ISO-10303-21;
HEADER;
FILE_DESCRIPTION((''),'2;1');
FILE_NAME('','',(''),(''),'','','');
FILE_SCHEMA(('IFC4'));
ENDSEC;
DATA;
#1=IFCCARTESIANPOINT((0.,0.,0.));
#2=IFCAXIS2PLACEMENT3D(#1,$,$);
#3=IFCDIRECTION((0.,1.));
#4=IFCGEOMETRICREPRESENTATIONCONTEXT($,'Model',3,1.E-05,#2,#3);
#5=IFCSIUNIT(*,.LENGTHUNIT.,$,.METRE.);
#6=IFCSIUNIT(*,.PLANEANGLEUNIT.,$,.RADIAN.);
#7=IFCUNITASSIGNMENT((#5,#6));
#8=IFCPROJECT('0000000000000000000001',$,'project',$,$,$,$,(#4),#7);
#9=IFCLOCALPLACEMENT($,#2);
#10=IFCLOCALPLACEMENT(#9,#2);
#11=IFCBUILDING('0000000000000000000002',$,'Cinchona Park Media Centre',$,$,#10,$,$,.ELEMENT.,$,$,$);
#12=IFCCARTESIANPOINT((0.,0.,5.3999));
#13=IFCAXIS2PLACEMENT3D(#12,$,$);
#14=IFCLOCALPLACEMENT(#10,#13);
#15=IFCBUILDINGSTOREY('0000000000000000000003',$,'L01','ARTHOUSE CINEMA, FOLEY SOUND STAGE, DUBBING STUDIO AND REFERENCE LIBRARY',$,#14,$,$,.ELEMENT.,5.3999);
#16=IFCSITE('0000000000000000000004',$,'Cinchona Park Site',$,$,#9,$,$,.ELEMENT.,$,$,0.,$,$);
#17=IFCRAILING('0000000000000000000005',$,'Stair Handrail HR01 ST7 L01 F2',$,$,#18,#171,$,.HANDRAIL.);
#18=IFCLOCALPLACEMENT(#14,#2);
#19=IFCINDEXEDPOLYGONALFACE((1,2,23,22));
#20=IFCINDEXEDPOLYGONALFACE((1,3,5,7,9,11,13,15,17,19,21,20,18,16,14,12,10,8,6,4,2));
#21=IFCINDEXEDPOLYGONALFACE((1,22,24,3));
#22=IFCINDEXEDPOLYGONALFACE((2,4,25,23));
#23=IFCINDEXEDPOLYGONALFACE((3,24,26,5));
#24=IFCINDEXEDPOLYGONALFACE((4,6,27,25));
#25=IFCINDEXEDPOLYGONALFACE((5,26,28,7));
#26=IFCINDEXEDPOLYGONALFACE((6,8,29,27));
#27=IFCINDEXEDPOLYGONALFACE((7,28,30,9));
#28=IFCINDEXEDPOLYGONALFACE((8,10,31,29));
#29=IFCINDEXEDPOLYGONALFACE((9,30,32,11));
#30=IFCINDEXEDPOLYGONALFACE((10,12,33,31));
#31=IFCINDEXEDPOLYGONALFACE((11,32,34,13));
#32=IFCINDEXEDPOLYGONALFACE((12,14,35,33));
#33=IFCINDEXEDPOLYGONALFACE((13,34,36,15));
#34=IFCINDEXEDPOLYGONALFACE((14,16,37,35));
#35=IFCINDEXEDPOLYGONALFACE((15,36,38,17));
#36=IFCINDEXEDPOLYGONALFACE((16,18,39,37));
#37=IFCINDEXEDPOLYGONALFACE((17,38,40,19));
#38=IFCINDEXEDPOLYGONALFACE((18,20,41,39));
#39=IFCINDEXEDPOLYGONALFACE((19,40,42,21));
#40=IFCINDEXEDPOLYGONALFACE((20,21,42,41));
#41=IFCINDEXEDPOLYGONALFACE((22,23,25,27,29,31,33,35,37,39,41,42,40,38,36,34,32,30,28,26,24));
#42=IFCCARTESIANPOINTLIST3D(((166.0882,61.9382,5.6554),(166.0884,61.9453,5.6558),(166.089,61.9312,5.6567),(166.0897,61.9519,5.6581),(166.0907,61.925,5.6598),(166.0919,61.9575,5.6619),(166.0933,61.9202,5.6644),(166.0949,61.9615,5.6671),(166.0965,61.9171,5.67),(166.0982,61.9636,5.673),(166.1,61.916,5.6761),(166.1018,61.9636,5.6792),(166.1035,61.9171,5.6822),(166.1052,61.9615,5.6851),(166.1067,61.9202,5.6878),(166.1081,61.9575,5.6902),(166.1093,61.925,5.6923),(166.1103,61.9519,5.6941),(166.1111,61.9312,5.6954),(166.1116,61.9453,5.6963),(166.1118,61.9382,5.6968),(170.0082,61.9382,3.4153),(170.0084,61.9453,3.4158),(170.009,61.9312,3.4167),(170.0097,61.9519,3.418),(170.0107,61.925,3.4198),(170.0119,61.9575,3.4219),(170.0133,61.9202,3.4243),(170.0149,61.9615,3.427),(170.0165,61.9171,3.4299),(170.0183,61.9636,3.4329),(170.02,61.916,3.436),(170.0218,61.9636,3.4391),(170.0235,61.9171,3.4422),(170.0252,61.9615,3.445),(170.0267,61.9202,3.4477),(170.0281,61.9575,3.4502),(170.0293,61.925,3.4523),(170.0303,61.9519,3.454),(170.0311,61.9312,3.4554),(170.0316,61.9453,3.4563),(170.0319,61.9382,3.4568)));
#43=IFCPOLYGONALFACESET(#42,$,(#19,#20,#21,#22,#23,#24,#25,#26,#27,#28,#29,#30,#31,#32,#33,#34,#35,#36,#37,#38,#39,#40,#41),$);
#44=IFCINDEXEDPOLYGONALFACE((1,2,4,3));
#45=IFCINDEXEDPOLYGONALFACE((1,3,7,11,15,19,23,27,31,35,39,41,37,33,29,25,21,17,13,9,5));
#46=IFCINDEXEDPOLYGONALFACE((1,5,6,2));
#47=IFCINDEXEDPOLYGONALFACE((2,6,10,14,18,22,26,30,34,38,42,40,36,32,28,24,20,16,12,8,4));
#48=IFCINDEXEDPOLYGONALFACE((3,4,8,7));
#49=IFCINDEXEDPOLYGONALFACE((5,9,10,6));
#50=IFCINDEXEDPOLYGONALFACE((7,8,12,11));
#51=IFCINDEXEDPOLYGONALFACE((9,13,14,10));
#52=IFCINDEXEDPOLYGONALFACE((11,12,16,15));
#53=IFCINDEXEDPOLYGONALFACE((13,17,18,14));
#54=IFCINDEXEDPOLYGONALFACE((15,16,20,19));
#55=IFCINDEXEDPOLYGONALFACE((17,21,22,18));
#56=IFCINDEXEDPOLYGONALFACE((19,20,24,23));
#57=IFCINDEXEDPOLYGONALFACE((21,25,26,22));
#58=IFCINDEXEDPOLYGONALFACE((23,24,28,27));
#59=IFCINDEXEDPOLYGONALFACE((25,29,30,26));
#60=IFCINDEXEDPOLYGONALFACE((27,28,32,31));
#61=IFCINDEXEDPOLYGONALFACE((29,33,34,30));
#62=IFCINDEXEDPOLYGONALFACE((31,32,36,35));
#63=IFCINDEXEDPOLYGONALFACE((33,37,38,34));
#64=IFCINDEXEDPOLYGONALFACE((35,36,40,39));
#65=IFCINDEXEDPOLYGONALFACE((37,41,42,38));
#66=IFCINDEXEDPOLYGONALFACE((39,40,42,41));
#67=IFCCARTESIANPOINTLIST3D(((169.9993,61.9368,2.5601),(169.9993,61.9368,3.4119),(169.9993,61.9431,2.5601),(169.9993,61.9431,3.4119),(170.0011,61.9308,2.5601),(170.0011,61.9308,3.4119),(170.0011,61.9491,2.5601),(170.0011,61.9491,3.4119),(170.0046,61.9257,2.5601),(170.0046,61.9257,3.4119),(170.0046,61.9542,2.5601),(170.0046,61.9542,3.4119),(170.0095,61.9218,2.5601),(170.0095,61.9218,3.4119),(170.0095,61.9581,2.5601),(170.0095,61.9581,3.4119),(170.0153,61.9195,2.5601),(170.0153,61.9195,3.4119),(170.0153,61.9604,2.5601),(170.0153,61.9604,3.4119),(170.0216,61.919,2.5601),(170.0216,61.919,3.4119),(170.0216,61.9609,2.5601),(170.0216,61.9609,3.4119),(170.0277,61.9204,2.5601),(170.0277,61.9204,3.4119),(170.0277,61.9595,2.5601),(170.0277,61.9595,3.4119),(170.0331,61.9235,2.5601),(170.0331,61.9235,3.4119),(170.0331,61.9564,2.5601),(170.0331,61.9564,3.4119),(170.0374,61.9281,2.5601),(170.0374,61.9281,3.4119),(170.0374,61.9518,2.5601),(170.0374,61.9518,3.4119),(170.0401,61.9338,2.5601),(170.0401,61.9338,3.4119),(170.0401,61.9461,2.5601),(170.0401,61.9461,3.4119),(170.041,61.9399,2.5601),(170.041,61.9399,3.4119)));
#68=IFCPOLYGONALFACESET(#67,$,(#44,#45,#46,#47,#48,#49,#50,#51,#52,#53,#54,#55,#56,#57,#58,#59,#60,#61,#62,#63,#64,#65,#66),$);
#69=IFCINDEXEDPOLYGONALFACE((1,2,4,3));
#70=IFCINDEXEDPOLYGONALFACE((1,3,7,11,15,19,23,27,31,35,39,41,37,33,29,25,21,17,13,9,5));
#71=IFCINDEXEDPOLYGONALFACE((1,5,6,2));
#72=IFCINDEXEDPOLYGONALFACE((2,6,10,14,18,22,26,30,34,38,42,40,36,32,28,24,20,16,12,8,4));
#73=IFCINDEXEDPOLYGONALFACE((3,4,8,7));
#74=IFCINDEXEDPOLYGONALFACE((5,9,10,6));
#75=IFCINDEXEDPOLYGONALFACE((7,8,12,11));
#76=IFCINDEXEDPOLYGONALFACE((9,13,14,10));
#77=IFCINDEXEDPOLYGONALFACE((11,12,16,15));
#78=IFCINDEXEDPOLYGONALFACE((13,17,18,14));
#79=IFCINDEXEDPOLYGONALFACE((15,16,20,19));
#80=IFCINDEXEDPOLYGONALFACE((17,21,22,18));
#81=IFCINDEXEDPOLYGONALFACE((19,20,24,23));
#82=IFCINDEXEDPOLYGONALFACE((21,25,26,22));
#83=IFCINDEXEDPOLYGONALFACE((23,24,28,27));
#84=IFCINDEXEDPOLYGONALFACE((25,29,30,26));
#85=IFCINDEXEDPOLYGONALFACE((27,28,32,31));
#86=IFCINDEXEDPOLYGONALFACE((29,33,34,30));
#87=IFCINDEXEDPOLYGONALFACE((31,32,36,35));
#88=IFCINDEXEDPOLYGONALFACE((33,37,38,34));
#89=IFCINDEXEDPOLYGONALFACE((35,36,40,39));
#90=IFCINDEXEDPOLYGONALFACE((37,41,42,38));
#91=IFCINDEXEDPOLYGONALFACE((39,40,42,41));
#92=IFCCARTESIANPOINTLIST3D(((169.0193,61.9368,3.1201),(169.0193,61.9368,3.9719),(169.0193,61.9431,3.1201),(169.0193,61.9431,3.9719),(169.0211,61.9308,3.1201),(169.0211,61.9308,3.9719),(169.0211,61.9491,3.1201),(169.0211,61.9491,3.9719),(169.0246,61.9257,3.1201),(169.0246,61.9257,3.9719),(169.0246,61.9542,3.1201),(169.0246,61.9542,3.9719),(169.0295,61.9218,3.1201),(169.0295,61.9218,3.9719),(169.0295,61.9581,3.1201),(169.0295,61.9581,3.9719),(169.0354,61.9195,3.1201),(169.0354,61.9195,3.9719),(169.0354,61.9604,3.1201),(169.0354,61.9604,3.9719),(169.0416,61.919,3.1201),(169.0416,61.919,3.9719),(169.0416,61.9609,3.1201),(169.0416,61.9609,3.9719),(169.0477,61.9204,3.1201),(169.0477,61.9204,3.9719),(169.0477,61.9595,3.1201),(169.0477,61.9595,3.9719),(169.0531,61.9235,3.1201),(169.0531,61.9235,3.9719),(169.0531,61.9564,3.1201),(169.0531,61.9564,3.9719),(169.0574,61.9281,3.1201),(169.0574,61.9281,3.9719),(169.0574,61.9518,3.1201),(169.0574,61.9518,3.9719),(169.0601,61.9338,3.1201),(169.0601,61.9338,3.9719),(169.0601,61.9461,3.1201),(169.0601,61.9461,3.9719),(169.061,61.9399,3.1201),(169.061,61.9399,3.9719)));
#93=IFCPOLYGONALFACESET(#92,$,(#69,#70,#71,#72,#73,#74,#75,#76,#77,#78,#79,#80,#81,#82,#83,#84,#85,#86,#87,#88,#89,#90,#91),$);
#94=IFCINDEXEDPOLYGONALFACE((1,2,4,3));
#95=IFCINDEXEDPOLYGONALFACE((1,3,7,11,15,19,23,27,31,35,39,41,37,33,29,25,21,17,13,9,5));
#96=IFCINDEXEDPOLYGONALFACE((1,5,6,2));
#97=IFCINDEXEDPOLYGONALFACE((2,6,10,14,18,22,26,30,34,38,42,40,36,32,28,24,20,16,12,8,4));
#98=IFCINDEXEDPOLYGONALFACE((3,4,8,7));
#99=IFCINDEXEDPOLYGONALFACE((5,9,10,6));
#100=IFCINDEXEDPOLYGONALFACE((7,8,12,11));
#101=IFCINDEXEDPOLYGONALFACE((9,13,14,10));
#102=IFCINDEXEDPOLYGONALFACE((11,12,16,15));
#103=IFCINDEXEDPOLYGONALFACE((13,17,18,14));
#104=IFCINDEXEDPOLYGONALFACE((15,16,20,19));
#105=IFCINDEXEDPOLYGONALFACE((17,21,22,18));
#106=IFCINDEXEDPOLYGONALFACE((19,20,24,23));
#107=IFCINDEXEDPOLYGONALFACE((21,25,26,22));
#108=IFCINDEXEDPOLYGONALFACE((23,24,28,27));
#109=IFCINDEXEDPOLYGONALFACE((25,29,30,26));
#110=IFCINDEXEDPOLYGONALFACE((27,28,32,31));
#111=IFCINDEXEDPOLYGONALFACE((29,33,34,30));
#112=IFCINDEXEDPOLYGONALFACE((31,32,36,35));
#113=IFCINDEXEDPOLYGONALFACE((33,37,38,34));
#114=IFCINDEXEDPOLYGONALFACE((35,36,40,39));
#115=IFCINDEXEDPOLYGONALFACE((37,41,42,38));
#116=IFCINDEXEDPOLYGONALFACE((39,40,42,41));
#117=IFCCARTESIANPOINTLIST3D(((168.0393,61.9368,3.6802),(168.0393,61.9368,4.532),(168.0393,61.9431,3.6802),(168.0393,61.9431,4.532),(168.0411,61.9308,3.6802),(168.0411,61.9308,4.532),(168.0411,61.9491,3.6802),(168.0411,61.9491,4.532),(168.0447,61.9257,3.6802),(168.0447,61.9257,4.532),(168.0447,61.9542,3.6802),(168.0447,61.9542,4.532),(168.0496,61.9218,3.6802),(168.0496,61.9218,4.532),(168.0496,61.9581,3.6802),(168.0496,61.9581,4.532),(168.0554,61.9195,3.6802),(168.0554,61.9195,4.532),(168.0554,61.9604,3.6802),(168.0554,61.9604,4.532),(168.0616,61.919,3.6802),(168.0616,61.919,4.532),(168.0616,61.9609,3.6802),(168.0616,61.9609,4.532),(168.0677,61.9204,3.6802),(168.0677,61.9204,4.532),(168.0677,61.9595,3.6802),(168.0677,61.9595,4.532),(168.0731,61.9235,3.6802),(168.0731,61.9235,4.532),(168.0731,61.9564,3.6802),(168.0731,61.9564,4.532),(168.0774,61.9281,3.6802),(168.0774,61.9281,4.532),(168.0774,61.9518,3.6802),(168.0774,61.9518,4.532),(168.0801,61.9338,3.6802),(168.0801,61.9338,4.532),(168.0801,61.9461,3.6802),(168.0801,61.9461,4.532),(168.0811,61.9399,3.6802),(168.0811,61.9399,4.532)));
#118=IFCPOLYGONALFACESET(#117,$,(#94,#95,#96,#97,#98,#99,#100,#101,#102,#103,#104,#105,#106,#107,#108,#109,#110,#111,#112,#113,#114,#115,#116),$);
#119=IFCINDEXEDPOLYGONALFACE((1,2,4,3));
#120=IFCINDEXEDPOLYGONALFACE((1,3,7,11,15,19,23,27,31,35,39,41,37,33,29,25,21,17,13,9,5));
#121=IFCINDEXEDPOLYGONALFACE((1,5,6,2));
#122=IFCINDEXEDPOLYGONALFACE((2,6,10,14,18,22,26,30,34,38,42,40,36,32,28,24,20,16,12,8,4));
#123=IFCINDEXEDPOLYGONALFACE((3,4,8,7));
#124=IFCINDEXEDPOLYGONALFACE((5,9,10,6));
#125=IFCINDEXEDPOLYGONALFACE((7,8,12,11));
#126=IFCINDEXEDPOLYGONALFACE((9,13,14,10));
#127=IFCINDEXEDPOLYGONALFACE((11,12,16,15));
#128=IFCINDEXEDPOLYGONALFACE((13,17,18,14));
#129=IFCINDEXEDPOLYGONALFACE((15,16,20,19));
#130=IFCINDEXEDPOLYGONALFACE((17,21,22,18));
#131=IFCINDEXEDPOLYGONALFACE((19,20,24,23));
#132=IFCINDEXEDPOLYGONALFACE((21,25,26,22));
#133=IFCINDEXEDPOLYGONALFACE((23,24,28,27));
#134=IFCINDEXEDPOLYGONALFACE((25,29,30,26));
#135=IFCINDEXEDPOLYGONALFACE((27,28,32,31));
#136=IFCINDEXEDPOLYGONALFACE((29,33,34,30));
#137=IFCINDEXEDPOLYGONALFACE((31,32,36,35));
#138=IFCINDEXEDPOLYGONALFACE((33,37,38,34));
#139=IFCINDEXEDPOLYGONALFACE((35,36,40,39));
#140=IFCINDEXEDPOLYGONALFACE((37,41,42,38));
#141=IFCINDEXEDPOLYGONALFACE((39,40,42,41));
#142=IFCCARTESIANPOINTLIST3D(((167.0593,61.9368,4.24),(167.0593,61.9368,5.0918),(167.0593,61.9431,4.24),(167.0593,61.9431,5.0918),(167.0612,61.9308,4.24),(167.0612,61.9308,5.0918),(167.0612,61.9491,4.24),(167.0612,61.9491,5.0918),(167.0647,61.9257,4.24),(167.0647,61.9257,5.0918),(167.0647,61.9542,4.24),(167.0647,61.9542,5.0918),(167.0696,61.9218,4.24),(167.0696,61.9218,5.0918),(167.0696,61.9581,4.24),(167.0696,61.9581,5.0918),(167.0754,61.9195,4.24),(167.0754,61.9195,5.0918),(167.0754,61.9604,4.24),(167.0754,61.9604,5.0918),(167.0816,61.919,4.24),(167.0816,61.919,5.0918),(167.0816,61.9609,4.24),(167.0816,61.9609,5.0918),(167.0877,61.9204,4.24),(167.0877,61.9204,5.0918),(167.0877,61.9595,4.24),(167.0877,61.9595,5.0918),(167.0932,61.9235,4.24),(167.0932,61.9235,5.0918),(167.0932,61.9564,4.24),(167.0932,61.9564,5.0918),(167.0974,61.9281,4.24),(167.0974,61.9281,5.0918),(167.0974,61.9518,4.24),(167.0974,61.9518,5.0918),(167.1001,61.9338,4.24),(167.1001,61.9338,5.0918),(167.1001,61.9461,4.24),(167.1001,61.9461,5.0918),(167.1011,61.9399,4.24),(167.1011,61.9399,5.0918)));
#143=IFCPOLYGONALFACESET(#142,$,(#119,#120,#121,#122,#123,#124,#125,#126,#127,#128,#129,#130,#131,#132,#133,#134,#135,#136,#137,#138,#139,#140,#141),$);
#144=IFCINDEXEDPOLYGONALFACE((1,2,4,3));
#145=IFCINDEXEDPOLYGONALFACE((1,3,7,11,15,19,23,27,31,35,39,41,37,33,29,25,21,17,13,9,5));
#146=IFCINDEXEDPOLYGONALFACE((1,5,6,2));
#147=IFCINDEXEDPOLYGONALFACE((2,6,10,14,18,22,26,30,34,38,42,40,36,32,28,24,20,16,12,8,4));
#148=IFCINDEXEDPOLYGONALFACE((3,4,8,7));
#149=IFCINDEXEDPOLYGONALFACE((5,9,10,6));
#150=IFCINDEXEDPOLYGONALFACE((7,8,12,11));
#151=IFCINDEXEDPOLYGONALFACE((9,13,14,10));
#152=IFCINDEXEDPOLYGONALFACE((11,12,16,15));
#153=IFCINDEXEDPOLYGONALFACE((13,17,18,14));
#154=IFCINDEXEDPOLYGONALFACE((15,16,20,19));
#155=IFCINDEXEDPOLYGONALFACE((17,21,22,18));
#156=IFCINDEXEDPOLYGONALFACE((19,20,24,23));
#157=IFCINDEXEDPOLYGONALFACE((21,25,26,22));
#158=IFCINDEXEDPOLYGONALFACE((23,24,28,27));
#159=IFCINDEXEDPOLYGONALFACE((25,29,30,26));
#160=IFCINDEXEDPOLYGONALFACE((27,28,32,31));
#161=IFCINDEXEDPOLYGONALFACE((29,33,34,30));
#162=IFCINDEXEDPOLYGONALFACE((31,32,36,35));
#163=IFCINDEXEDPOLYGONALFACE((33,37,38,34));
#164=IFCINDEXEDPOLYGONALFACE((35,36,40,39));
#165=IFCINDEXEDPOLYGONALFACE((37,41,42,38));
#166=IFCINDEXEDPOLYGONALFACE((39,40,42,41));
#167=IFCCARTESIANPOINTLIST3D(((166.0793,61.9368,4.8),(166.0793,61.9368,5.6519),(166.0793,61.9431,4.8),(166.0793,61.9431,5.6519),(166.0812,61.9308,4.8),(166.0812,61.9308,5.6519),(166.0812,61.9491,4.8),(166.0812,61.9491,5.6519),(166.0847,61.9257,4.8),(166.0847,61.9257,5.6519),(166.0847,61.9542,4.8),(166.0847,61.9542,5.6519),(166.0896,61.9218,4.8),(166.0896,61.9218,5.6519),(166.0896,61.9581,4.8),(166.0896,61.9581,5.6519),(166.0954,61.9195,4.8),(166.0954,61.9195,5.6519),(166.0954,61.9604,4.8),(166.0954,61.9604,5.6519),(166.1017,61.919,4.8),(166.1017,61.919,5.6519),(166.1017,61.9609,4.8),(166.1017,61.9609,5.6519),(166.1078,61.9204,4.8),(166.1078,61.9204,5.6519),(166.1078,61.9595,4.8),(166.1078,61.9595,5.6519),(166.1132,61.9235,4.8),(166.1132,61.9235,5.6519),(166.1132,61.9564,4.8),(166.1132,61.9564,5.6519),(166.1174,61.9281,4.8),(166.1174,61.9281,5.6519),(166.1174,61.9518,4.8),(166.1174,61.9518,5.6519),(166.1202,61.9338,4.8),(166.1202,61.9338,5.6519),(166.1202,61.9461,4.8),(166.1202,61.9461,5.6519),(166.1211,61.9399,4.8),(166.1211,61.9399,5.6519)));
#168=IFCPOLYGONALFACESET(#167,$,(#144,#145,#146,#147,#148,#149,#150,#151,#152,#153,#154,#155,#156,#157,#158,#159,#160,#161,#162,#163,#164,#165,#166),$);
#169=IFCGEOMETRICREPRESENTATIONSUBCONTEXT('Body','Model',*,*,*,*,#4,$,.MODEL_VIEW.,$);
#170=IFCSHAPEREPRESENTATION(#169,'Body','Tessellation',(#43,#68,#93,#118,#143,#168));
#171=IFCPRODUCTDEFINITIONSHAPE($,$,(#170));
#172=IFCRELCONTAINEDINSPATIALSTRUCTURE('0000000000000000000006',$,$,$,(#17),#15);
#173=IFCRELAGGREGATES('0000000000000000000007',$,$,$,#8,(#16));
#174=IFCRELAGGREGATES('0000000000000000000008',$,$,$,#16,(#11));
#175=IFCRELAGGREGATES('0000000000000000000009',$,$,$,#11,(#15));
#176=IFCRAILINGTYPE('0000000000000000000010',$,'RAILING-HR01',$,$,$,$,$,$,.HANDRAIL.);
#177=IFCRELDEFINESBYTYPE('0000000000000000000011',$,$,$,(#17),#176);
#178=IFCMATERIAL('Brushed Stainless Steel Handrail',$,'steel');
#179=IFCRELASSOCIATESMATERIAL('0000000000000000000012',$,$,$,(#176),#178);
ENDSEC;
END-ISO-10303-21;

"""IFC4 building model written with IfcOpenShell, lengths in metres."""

from ifc_helpers import new_model, si_unit, direction, frame, origin, origin_2d, place, context, subcontext, project, spatial, circle, extrude, material, type_object, element, save


model = new_model("IFC4")

# Units and contexts
model_context = context("Model", 3, precision=1e-05, world=origin(), true_north=direction((0.0, 1.0)))
body_context = subcontext(model_context, "Body", "Model", "MODEL_VIEW")
ifc_project = project(units=[si_unit("LENGTHUNIT", "METRE"), si_unit("PLANEANGLEUNIT", "RADIAN")], contexts=[model_context])

# Site, building, storey
site_placement = place(None, origin())
site = spatial("IfcSite", under=ifc_project, at=site_placement, Name="Cinchona Park Site", CompositionType="ELEMENT", RefElevation=0.0)
building_placement = place(site_placement, origin())
building = spatial("IfcBuilding", under=site, at=building_placement, Name="Cinchona Park Media Centre", CompositionType="ELEMENT")
storey_placement = place(building_placement, frame((0.0, 0.0, 5.3999)))
storey = spatial("IfcBuildingStorey", under=building, at=storey_placement, Name="L01", Description="ARTHOUSE CINEMA, FOLEY SOUND STAGE, DUBBING STUDIO AND REFERENCE LIBRARY", CompositionType="ELEMENT", Elevation=5.3999)

# Railing
ifc_material_1 = material(Name="Brushed Stainless Steel Handrail", Category="steel")
railing_type_1 = type_object("IfcRailingType", Name="RAILING-HR01", PredefinedType="HANDRAIL", material=ifc_material_1)
railing_1_placement = place(storey_placement, frame((170.02, 61.9399, 2.5601)))
element("IfcRailing", 1, at=railing_1_placement, inside=storey, type_object=railing_type_1, Name="Stair Handrail HR01 ST7 L01 F2", PredefinedType="HANDRAIL", context=body_context, shape_type="SweptSolid", body=[
    extrude(circle(Radius=0.0239, at=origin_2d()), frame((0.0, 0.0, 0.876), z_axis=(-0.86824, 0.0, 0.496145), x_axis=(0.0, -1.0, 0.0)), (0.0, 0.0, 1.0), 4.5149),
    extrude(circle(Radius=0.021, at=origin_2d()), origin(), (0.0, 0.0, 1.0), 0.8518),
    extrude(circle(Radius=0.021, at=origin_2d()), frame((-0.98, 0.0, 0.5601)), (0.0, 0.0, 1.0), 0.8518),
    extrude(circle(Radius=0.021, at=origin_2d()), frame((-1.96, 0.0, 1.1201)), (0.0, 0.0, 1.0), 0.8518),
    extrude(circle(Radius=0.021, at=origin_2d()), frame((-2.9399, 0.0, 1.6799)), (0.0, 0.0, 1.0), 0.8518),
    extrude(circle(Radius=0.021, at=origin_2d()), frame((-3.9199, 0.0, 2.24)), (0.0, 0.0, 1.0), 0.8518),
])

save(model, "model.ifc")
